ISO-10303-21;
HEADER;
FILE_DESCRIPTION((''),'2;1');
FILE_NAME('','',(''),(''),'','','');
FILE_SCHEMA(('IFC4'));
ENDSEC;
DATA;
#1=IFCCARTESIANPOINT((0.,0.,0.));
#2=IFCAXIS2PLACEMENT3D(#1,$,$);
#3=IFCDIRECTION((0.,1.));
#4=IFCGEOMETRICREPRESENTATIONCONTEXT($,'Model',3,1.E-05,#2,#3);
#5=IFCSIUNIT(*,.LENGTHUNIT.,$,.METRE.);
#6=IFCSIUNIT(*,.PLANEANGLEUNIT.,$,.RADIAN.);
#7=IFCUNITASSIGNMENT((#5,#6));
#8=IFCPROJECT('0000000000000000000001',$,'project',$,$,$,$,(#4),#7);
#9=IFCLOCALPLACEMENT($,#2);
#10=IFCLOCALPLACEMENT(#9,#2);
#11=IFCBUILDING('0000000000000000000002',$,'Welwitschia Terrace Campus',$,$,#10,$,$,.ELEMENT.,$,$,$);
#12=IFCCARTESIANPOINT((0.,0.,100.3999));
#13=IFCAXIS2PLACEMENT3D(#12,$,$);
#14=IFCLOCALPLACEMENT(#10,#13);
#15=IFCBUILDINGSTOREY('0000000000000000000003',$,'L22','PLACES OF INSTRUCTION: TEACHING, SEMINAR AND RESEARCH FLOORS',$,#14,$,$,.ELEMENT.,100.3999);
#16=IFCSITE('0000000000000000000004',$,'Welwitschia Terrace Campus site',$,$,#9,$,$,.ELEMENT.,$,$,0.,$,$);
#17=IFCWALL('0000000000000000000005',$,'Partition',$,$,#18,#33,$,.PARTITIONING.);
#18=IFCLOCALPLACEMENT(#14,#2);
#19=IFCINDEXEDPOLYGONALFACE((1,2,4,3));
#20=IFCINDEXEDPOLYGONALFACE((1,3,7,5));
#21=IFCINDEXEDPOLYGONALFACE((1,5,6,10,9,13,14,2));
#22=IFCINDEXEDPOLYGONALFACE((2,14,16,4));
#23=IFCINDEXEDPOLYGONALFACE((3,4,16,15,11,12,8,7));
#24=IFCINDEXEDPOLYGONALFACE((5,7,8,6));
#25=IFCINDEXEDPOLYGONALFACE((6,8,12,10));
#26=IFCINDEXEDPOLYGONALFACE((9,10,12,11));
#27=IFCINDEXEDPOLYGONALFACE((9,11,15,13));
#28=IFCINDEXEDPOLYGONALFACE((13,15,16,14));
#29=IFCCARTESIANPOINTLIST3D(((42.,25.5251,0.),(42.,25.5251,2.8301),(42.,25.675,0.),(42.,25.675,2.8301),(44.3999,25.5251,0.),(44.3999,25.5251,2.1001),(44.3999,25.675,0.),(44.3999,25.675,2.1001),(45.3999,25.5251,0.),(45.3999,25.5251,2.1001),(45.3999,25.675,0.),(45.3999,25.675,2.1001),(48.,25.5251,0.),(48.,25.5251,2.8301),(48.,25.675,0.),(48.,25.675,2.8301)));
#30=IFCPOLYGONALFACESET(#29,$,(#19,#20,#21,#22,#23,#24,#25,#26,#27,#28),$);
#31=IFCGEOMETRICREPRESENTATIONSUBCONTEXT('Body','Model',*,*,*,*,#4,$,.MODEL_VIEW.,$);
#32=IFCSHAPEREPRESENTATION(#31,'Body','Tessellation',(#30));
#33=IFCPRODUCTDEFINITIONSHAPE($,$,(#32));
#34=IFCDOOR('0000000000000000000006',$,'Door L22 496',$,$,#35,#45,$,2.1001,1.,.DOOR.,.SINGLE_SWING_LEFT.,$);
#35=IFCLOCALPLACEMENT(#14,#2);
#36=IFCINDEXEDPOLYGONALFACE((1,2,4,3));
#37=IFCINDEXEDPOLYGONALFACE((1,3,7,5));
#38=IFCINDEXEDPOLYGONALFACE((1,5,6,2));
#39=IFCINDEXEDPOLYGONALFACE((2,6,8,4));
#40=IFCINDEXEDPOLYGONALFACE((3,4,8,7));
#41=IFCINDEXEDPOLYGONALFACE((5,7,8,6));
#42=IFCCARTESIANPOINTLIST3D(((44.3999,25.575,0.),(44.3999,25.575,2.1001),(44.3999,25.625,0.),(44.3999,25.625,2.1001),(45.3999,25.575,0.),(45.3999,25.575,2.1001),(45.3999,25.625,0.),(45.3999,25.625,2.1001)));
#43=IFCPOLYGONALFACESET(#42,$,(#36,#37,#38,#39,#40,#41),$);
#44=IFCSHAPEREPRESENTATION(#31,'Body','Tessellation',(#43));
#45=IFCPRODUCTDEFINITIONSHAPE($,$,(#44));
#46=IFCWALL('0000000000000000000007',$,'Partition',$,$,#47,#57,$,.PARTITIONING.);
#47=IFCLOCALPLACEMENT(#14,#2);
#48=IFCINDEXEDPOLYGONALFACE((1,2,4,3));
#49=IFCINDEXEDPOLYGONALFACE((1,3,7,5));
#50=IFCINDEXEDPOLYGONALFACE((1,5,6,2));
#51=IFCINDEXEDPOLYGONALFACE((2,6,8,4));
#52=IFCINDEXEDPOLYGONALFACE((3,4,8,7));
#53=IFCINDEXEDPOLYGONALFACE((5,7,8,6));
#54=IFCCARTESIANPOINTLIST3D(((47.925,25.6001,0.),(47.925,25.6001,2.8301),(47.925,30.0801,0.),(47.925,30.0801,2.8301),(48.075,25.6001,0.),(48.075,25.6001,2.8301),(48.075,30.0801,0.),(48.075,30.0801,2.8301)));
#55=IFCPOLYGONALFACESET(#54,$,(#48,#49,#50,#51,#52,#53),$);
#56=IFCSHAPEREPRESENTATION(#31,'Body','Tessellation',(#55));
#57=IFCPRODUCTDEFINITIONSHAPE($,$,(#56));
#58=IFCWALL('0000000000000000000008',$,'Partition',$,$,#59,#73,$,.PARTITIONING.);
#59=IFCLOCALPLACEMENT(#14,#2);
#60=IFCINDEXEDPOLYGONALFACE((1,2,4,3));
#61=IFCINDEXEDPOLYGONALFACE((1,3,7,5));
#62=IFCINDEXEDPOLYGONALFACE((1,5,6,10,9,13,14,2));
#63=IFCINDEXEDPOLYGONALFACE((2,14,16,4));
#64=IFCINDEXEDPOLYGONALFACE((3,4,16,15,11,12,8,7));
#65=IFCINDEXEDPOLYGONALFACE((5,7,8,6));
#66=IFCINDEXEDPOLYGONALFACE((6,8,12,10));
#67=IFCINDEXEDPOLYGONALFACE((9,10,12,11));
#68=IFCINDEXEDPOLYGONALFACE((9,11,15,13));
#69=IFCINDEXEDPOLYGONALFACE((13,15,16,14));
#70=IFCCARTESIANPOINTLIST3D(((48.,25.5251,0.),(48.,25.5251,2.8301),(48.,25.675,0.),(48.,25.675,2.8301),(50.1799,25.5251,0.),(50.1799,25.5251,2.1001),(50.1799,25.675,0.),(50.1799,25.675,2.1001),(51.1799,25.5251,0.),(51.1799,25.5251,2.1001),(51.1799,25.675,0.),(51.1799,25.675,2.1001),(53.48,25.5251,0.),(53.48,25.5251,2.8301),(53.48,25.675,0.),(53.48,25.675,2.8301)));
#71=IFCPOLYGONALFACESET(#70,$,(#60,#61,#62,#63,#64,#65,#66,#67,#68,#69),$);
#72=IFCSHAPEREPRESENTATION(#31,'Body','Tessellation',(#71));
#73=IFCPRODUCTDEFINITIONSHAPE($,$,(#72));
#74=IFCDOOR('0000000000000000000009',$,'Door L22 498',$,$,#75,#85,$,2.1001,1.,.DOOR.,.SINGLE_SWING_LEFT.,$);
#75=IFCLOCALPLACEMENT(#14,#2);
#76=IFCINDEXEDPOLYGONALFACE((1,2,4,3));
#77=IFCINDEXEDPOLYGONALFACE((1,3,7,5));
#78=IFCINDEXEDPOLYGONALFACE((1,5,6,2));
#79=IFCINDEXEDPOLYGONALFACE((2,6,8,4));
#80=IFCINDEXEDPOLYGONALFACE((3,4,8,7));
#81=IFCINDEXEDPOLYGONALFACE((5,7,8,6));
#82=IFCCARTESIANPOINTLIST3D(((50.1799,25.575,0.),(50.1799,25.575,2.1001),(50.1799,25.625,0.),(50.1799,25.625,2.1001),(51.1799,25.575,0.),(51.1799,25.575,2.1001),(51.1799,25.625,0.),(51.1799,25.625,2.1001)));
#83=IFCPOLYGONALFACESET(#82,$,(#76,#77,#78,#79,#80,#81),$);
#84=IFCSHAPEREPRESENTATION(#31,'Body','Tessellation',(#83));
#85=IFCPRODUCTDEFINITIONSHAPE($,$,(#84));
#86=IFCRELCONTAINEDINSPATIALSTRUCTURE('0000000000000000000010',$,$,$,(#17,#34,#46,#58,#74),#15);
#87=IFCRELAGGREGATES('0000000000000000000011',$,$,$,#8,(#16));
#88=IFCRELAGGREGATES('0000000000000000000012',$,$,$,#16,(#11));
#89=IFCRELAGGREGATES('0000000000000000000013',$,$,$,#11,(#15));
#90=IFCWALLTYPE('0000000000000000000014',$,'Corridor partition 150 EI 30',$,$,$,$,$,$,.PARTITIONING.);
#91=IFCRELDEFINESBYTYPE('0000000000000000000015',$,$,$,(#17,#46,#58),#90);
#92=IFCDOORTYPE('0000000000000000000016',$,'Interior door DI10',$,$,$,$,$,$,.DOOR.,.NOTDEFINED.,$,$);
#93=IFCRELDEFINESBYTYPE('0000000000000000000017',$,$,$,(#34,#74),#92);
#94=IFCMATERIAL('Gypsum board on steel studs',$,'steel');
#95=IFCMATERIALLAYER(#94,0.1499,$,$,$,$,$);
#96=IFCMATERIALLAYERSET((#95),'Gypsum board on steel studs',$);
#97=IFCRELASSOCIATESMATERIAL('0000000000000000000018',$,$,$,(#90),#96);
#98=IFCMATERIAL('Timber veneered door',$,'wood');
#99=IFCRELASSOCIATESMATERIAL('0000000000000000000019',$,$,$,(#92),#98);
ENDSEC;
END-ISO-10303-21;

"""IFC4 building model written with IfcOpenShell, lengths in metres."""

from ifc_helpers import new_model, si_unit, direction, frame, frame_2d, origin, place, context, subcontext, project, spatial, rectangle, extrude, material, layer, layer_set, type_object, element, fill, save


model = new_model("IFC4")

# Units and contexts
model_context = context("Model", 3, precision=1e-05, world=origin(), true_north=direction((0.0, 1.0)))
body_context = subcontext(model_context, "Body", "Model", "MODEL_VIEW")
ifc_project = project(units=[si_unit("LENGTHUNIT", "METRE"), si_unit("PLANEANGLEUNIT", "RADIAN")], contexts=[model_context])

# Site, building, storey
site_placement = place(None, origin())
site = spatial("IfcSite", under=ifc_project, at=site_placement, Name="Welwitschia Terrace Campus site", CompositionType="ELEMENT", RefElevation=0.0)
building_placement = place(site_placement, origin())
building = spatial("IfcBuilding", under=site, at=building_placement, Name="Welwitschia Terrace Campus", CompositionType="ELEMENT")
storey_placement = place(building_placement, frame((0.0, 0.0, 100.3999)))
storey = spatial("IfcBuildingStorey", under=building, at=storey_placement, Name="L22", Description="PLACES OF INSTRUCTION: TEACHING, SEMINAR AND RESEARCH FLOORS", CompositionType="ELEMENT", Elevation=100.3999)

# Shared definitions
ifc_material_1 = material(Name="Gypsum board on steel studs", Category="steel")
ifc_layer_1 = layer(ifc_material_1, 0.1499)
ifc_layer_set_1 = layer_set([ifc_layer_1], Name="Gypsum board on steel studs")
wall_type = type_object("IfcWallType", Name="Corridor partition 150 EI 30", PredefinedType="PARTITIONING", material=ifc_layer_set_1)

# Shared definitions
ifc_material_2 = material(Name="Timber veneered door", Category="wood")
door_type = type_object("IfcDoorType", Name="Interior door DI10", OperationType="NOTDEFINED", PredefinedType="DOOR", material=ifc_material_2)

# Wall, opening, door
wall_1_placement = place(storey_placement, frame((42.0, 25.6001, 0.0), z_axis=(0.0, 0.0, 1.0), x_axis=(1.0, 0.0, 0.0)))
wall_1 = element("IfcWall", 1, at=wall_1_placement, inside=storey, type_object=wall_type, Name="Partition", PredefinedType="PARTITIONING", context=body_context, shape_type="SweptSolid", body=[
    extrude(rectangle(XDim=6.0, YDim=0.1499, at=frame_2d((3.0, 0.0))), origin(), (0.0, 0.0, 1.0), 2.8301),
])
opening_1_placement = place(wall_1_placement, frame((2.3999, 0.0, 0.0)))
opening_1 = element("IfcOpeningElement", 2, at=opening_1_placement, cuts=wall_1, PredefinedType="OPENING", context=body_context, shape_type="SweptSolid", body=[
    extrude(rectangle(XDim=1.0, YDim=2.1001, at=frame_2d((0.5, 1.05))), frame((0.0, 0.085, 0.0), z_axis=(0.0, -1.0, 0.0), x_axis=(1.0, 0.0, 0.0)), (0.0, 0.0, 1.0), 0.1699),
])
door_1_placement = place(opening_1_placement, origin())
door_1 = element("IfcDoor", 3, at=door_1_placement, inside=storey, type_object=door_type, Name="Door L22 496", OperationType="SINGLE_SWING_LEFT", OverallHeight=2.1001, OverallWidth=1.0, PredefinedType="DOOR", context=body_context, shape_type="SweptSolid", body=[
    extrude(rectangle(XDim=1.0, YDim=2.1001, at=frame_2d((0.5, 1.05))), frame((0.0, 0.0249, 0.0), z_axis=(0.0, -1.0, 0.0), x_axis=(1.0, 0.0, 0.0)), (0.0, 0.0, 1.0), 0.05),
])
fill(opening_1, door_1)

# Wall
wall_2_placement = place(storey_placement, frame((48.0, 25.6001, 0.0), z_axis=(0.0, 0.0, 1.0), x_axis=(0.0, 1.0, 0.0)))
element("IfcWall", 4, at=wall_2_placement, inside=storey, type_object=wall_type, Name="Partition", PredefinedType="PARTITIONING", context=body_context, shape_type="SweptSolid", body=[
    extrude(rectangle(XDim=4.48, YDim=0.1499, at=frame_2d((2.24, 0.0))), origin(), (0.0, 0.0, 1.0), 2.8301),
])

# Wall, opening, door
wall_3_placement = place(storey_placement, frame((48.0, 25.6001, 0.0), z_axis=(0.0, 0.0, 1.0), x_axis=(1.0, 0.0, 0.0)))
wall_3 = element("IfcWall", 5, at=wall_3_placement, inside=storey, type_object=wall_type, Name="Partition", PredefinedType="PARTITIONING", context=body_context, shape_type="SweptSolid", body=[
    extrude(rectangle(XDim=5.48, YDim=0.1499, at=frame_2d((2.74, 0.0))), origin(), (0.0, 0.0, 1.0), 2.8301),
])
opening_2_placement = place(wall_3_placement, frame((2.1799, 0.0, 0.0)))
opening_2 = element("IfcOpeningElement", 6, at=opening_2_placement, cuts=wall_3, PredefinedType="OPENING", context=body_context, shape_type="SweptSolid", body=[
    extrude(rectangle(XDim=1.0, YDim=2.1001, at=frame_2d((0.5, 1.05))), frame((0.0, 0.085, 0.0), z_axis=(0.0, -1.0, 0.0), x_axis=(1.0, 0.0, 0.0)), (0.0, 0.0, 1.0), 0.1699),
])
door_2_placement = place(opening_2_placement, origin())
door_2 = element("IfcDoor", 7, at=door_2_placement, inside=storey, type_object=door_type, Name="Door L22 498", OperationType="SINGLE_SWING_LEFT", OverallHeight=2.1001, OverallWidth=1.0, PredefinedType="DOOR", context=body_context, shape_type="SweptSolid", body=[
    extrude(rectangle(XDim=1.0, YDim=2.1001, at=frame_2d((0.5, 1.05))), frame((0.0, 0.0249, 0.0), z_axis=(0.0, -1.0, 0.0), x_axis=(1.0, 0.0, 0.0)), (0.0, 0.0, 1.0), 0.05),
])
fill(opening_2, door_2)

save(model, "model.ifc")
